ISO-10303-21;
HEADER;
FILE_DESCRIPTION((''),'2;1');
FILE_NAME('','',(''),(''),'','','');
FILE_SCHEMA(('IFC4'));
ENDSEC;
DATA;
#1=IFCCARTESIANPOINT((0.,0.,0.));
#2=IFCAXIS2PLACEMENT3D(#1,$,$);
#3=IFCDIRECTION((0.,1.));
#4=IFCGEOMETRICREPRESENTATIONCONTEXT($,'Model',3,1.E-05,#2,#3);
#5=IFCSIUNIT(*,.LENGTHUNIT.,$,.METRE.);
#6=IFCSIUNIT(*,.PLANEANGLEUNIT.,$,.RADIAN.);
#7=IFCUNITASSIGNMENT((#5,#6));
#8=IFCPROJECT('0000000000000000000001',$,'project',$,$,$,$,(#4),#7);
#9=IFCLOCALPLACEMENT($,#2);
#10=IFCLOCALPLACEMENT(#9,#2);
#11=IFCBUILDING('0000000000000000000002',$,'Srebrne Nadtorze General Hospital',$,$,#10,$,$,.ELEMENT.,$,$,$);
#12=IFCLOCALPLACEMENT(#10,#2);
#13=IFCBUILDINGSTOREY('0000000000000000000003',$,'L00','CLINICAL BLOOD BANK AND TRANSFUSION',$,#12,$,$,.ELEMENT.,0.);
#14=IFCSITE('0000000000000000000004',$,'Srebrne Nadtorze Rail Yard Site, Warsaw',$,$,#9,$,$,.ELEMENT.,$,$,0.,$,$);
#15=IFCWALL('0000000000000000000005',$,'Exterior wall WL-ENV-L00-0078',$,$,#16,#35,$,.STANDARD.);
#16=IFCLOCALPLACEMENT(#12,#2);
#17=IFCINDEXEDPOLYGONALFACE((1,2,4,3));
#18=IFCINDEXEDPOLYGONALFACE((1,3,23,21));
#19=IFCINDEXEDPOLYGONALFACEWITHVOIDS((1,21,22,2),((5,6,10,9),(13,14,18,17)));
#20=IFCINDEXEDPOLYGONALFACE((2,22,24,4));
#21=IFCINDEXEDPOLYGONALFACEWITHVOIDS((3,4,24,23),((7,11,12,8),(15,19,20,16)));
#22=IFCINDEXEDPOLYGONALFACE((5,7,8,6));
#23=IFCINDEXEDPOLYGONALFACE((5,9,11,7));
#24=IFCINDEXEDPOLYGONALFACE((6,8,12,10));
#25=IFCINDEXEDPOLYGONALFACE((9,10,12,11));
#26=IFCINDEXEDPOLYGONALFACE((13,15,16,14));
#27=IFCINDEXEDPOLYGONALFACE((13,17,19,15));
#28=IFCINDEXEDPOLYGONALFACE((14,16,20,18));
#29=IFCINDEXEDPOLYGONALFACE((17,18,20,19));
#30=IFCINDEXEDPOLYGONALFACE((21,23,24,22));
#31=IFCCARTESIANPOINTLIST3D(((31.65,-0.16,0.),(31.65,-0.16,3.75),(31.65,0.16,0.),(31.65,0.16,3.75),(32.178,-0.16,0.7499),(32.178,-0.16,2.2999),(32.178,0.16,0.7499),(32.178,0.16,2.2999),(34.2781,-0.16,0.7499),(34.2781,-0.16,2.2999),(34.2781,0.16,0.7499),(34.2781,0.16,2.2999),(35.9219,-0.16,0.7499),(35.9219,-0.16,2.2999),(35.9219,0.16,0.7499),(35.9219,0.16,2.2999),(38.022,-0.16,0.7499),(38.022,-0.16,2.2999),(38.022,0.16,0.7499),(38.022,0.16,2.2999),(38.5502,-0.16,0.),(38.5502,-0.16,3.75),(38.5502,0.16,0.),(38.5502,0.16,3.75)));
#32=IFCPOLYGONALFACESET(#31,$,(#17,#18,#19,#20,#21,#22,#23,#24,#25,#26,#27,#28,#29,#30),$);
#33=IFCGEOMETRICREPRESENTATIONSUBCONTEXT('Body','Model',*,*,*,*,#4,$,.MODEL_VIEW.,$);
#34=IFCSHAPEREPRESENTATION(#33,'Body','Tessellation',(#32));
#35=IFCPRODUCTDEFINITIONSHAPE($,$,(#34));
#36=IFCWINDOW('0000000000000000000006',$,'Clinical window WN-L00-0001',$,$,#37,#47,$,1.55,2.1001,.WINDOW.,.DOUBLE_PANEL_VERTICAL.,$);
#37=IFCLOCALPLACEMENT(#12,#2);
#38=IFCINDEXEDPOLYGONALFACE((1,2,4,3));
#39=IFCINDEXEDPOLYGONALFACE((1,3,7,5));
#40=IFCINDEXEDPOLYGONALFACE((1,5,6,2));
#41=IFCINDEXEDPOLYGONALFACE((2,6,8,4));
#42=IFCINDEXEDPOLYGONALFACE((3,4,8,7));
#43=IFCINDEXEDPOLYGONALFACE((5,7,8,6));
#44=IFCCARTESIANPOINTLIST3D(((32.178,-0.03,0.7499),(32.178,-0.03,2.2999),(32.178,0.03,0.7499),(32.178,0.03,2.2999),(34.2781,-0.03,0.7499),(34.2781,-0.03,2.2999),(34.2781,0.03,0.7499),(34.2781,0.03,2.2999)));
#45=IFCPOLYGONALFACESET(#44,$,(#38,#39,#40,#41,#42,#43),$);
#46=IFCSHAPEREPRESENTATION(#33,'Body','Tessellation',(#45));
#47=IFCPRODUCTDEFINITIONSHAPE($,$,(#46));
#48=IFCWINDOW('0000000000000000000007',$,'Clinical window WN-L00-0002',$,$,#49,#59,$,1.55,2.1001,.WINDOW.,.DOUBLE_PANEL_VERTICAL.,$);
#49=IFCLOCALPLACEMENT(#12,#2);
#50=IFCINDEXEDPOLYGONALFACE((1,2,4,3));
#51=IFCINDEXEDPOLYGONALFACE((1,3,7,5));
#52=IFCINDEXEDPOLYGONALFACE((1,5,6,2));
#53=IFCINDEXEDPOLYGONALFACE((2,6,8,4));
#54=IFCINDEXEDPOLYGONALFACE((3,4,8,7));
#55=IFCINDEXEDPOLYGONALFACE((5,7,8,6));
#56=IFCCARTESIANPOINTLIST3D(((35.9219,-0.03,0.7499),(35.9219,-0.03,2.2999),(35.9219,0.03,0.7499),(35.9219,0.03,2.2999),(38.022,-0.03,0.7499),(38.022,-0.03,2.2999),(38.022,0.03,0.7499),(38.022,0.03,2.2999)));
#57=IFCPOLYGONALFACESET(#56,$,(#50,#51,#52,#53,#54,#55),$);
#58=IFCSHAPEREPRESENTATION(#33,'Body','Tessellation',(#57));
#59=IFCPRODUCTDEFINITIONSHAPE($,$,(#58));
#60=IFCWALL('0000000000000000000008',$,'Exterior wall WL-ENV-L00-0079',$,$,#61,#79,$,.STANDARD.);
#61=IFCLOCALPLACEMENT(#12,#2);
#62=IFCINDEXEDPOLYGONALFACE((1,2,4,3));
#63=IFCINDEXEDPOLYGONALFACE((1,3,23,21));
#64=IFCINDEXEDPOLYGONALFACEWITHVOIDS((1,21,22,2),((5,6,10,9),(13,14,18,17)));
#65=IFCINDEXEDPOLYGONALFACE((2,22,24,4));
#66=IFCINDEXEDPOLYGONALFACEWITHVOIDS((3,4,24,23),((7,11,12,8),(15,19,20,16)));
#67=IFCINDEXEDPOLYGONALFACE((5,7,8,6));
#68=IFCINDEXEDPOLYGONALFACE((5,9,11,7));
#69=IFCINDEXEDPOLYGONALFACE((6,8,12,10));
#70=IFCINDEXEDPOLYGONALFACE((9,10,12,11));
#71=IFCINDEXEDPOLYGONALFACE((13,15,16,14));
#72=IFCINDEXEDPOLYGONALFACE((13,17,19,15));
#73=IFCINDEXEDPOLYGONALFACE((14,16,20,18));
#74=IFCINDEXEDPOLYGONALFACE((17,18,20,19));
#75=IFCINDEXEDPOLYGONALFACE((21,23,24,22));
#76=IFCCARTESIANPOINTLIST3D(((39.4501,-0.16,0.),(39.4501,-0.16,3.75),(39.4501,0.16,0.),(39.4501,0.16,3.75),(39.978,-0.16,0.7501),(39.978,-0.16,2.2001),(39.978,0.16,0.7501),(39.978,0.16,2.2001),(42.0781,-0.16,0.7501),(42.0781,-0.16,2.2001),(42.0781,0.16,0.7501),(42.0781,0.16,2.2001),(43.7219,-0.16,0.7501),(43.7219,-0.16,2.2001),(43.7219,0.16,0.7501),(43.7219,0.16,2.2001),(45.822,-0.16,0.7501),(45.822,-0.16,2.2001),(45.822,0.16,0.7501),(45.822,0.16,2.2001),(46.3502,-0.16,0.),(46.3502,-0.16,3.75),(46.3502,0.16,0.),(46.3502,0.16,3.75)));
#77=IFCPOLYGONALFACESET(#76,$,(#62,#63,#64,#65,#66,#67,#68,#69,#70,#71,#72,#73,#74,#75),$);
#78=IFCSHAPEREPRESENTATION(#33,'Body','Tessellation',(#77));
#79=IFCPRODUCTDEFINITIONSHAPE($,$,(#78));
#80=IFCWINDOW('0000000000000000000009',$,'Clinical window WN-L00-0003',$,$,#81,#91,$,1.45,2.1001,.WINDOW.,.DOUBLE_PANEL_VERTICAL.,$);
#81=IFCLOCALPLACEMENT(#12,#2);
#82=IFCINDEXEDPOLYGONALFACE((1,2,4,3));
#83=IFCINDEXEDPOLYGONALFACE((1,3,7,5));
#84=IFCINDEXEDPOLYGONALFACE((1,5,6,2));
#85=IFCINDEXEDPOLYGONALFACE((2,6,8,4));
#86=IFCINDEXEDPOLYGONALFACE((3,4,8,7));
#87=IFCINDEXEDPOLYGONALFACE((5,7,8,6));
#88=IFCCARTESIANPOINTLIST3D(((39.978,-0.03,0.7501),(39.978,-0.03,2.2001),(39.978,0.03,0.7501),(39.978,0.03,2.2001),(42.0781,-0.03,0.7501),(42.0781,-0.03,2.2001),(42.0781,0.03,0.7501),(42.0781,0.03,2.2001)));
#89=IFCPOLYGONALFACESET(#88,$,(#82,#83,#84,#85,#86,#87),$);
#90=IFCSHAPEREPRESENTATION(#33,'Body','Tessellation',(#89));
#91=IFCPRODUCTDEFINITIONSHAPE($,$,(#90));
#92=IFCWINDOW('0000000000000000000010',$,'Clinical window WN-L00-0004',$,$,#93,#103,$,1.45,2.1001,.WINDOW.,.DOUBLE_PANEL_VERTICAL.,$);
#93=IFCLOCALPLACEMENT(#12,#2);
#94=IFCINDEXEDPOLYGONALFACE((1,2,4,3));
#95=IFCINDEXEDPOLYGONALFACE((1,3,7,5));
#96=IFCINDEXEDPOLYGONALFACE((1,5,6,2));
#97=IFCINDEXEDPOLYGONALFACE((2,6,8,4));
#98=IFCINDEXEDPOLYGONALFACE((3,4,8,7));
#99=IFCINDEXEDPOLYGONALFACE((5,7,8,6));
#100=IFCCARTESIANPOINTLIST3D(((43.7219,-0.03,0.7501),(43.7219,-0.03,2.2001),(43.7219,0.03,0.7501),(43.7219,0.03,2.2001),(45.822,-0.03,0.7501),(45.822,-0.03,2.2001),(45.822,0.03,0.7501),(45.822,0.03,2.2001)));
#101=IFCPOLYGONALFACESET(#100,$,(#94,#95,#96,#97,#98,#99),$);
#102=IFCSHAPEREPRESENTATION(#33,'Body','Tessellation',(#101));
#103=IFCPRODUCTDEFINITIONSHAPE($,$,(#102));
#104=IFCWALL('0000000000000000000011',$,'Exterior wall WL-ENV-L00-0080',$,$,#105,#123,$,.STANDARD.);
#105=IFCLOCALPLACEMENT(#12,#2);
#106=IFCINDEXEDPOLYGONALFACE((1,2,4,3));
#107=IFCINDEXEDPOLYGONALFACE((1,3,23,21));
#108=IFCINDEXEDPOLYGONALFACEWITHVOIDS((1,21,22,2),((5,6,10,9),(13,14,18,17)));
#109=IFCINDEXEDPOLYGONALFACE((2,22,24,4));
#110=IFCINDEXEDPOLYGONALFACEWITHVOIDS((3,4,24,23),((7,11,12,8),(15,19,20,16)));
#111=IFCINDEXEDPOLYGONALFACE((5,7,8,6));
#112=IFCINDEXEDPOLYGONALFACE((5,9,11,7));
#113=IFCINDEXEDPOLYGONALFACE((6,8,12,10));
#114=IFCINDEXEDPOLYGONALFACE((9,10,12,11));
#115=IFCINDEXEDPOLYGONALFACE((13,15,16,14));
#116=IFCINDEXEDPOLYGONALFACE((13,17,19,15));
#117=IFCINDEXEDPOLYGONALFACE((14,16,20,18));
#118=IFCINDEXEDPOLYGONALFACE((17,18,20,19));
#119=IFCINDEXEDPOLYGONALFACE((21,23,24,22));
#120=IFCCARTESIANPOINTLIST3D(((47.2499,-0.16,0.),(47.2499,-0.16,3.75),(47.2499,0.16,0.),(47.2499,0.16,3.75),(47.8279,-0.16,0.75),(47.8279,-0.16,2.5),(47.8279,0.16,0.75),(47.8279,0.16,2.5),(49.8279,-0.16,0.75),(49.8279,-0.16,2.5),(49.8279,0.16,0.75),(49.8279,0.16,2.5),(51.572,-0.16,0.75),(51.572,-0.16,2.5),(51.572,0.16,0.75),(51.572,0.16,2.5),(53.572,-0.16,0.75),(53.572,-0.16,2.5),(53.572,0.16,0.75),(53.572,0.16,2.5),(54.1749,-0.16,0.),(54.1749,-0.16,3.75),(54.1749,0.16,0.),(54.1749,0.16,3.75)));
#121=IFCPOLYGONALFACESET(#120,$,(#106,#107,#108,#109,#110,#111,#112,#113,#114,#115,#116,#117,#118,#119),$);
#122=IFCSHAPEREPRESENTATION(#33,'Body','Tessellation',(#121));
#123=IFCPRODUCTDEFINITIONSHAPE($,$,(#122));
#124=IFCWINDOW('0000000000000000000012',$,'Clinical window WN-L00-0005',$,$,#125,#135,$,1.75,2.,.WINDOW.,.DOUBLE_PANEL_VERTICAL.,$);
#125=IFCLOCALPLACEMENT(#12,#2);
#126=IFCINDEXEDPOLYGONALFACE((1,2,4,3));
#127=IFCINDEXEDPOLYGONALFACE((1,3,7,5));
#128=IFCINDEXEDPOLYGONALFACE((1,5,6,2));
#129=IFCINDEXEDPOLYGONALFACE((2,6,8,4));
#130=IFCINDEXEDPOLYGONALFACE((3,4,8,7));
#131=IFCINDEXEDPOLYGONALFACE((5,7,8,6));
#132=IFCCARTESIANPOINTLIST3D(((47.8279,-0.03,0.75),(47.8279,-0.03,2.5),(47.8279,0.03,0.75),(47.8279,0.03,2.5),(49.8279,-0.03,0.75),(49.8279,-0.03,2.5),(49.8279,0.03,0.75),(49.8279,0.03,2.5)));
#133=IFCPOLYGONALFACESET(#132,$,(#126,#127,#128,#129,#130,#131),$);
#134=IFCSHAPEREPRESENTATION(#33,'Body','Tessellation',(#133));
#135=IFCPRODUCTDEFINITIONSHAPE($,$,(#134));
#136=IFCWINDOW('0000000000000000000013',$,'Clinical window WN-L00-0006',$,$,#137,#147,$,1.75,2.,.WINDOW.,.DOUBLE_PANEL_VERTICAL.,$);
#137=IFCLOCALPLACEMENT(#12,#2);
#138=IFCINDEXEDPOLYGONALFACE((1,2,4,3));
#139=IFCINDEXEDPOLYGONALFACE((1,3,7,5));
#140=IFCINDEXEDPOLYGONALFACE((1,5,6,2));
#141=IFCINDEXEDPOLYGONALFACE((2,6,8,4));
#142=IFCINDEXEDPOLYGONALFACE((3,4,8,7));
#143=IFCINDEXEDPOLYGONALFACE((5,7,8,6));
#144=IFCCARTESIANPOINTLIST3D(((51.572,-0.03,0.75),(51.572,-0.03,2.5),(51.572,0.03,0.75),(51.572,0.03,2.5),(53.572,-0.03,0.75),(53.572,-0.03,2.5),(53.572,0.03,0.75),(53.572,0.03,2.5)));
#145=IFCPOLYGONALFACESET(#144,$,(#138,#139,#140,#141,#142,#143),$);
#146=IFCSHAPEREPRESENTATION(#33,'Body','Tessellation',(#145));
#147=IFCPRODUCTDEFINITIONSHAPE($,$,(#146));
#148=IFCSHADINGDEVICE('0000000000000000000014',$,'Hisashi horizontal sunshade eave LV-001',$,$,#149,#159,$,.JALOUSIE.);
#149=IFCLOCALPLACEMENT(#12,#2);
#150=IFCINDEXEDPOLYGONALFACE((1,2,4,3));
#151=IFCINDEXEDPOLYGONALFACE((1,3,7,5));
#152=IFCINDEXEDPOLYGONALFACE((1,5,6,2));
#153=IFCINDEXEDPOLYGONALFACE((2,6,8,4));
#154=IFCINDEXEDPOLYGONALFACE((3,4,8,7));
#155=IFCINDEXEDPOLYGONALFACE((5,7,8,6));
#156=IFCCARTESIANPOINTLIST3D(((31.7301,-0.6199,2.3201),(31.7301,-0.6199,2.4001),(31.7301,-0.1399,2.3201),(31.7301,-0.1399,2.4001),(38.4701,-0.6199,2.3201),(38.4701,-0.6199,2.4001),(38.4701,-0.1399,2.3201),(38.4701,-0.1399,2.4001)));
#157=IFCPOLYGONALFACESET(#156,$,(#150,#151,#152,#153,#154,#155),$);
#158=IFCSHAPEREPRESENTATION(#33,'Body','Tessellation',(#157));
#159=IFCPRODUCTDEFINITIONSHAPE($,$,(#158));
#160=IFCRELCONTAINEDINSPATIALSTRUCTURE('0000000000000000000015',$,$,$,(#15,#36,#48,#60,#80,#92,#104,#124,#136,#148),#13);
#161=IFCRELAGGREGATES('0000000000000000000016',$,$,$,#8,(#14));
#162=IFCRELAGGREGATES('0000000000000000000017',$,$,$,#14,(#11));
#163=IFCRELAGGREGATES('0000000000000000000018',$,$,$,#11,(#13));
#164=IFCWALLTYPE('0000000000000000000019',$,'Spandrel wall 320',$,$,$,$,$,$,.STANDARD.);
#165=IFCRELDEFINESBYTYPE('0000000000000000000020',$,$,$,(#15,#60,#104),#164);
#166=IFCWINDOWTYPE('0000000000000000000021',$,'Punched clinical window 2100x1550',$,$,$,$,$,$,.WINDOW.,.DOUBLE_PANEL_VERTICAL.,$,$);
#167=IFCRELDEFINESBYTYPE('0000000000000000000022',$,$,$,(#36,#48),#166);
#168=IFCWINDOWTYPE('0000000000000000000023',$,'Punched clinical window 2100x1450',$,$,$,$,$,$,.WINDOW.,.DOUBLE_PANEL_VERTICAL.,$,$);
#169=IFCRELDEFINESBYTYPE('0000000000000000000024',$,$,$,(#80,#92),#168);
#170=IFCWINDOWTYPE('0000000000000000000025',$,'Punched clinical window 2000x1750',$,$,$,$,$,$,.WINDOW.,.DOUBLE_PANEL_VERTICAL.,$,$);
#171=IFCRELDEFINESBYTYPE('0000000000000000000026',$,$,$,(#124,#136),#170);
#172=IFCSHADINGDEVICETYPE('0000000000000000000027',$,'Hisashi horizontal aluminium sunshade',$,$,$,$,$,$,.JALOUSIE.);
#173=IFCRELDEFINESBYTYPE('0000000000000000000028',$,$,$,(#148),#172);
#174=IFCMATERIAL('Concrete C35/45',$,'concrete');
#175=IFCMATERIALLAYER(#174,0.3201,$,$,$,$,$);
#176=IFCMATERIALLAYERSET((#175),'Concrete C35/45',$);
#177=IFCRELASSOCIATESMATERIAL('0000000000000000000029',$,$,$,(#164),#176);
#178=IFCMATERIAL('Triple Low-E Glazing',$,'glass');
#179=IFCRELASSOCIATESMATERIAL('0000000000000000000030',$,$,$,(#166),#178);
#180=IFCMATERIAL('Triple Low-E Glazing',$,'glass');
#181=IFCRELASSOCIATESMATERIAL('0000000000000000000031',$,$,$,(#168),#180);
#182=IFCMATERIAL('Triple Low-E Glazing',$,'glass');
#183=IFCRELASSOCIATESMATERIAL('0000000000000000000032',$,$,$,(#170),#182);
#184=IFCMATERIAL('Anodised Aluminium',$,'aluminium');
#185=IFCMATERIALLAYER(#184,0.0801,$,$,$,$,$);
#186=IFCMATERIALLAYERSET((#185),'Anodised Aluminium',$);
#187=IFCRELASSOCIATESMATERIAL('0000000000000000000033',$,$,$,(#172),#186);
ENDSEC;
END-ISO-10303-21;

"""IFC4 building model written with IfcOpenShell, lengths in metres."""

from ifc_helpers import new_model, si_unit, direction, frame, frame_2d, origin, origin_2d, place, context, subcontext, project, spatial, rectangle, extrude, material, layer, layer_set, type_object, element, fill, save


model = new_model("IFC4")

# Units and contexts
model_context = context("Model", 3, precision=1e-05, world=origin(), true_north=direction((0.0, 1.0)))
body_context = subcontext(model_context, "Body", "Model", "MODEL_VIEW")
ifc_project = project(units=[si_unit("LENGTHUNIT", "METRE"), si_unit("PLANEANGLEUNIT", "RADIAN")], contexts=[model_context])

# Site, building, storey
site_placement = place(None, origin())
site = spatial("IfcSite", under=ifc_project, at=site_placement, Name="Srebrne Nadtorze Rail Yard Site, Warsaw", CompositionType="ELEMENT", RefElevation=0.0)
building_placement = place(site_placement, origin())
building = spatial("IfcBuilding", under=site, at=building_placement, Name="Srebrne Nadtorze General Hospital", CompositionType="ELEMENT")
storey_placement = place(building_placement, origin())
storey = spatial("IfcBuildingStorey", under=building, at=storey_placement, Name="L00", Description="CLINICAL BLOOD BANK AND TRANSFUSION", CompositionType="ELEMENT", Elevation=0.0)

# Walls, openings, windows
ifc_material_1 = material(Name="Concrete C35/45", Category="concrete")
ifc_layer_1 = layer(ifc_material_1, 0.3201)
ifc_layer_set_1 = layer_set([ifc_layer_1], Name="Concrete C35/45")
wall_type_1 = type_object("IfcWallType", Name="Spandrel wall 320", PredefinedType="STANDARD", material=ifc_layer_set_1)
wall_1_placement = place(storey_placement, frame((31.6499, 0.0, 0.0), z_axis=(0.0, 0.0, 1.0), x_axis=(1.0, 0.0, 0.0)))
wall_1 = element("IfcWall", 1, at=wall_1_placement, inside=storey, type_object=wall_type_1, Name="Exterior wall WL-ENV-L00-0078", PredefinedType="STANDARD", context=body_context, shape_type="SweptSolid", body=[
    extrude(rectangle(XDim=6.9001, YDim=0.3201, at=frame_2d((3.4502, 0.0))), origin(), (0.0, 0.0, 1.0), 3.75),
])
opening_1_placement = place(wall_1_placement, frame((0.5281, 0.0, 0.75)))
opening_1 = element("IfcOpeningElement", 2, at=opening_1_placement, cuts=wall_1, PredefinedType="OPENING", context=body_context, shape_type="SweptSolid", body=[
    extrude(rectangle(XDim=2.1001, YDim=1.55, at=frame_2d((1.05, 0.7749))), frame((0.0, 0.1719, 0.0), z_axis=(0.0, -1.0, 0.0), x_axis=(1.0, 0.0, 0.0)), (0.0, 0.0, 1.0), 0.344),
])
opening_2_placement = place(wall_1_placement, frame((4.272, 0.0, 0.75)))
opening_2 = element("IfcOpeningElement", 3, at=opening_2_placement, cuts=wall_1, PredefinedType="OPENING", context=body_context, shape_type="SweptSolid", body=[
    extrude(rectangle(XDim=2.1001, YDim=1.55, at=frame_2d((1.05, 0.7749))), frame((0.0, 0.1719, 0.0), z_axis=(0.0, -1.0, 0.0), x_axis=(1.0, 0.0, 0.0)), (0.0, 0.0, 1.0), 0.344),
])
ifc_material_2 = material(Name="Triple Low-E Glazing", Category="glass")
window_type_1 = type_object("IfcWindowType", Name="Punched clinical window 2100x1550", PartitioningType="DOUBLE_PANEL_VERTICAL", PredefinedType="WINDOW", material=ifc_material_2)
window_1_placement = place(opening_1_placement, origin())
window_1 = element("IfcWindow", 4, at=window_1_placement, inside=storey, type_object=window_type_1, Name="Clinical window WN-L00-0001", OverallHeight=1.55, OverallWidth=2.1001, PartitioningType="DOUBLE_PANEL_VERTICAL", PredefinedType="WINDOW", context=body_context, shape_type="SweptSolid", body=[
    extrude(rectangle(XDim=2.1001, YDim=1.55, at=frame_2d((1.05, 0.7749))), frame((0.0, 0.03, 0.0), z_axis=(0.0, -1.0, 0.0), x_axis=(1.0, 0.0, 0.0)), (0.0, 0.0, 1.0), 0.0601),
])
fill(opening_1, window_1)
window_2_placement = place(opening_2_placement, origin())
window_2 = element("IfcWindow", 5, at=window_2_placement, inside=storey, type_object=window_type_1, Name="Clinical window WN-L00-0002", OverallHeight=1.55, OverallWidth=2.1001, PartitioningType="DOUBLE_PANEL_VERTICAL", PredefinedType="WINDOW", context=body_context, shape_type="SweptSolid", body=[
    extrude(rectangle(XDim=2.1001, YDim=1.55, at=frame_2d((1.05, 0.7749))), frame((0.0, 0.03, 0.0), z_axis=(0.0, -1.0, 0.0), x_axis=(1.0, 0.0, 0.0)), (0.0, 0.0, 1.0), 0.0601),
])
fill(opening_2, window_2)
wall_2_placement = place(storey_placement, frame((39.45, 0.0, 0.0), z_axis=(0.0, 0.0, 1.0), x_axis=(1.0, 0.0, 0.0)))
wall_2 = element("IfcWall", 6, at=wall_2_placement, inside=storey, type_object=wall_type_1, Name="Exterior wall WL-ENV-L00-0079", PredefinedType="STANDARD", context=body_context, shape_type="SweptSolid", body=[
    extrude(rectangle(XDim=6.9001, YDim=0.3201, at=frame_2d((3.4502, 0.0))), origin(), (0.0, 0.0, 1.0), 3.75),
])
opening_3_placement = place(wall_2_placement, frame((0.5281, 0.0, 0.75)))
opening_3 = element("IfcOpeningElement", 7, at=opening_3_placement, cuts=wall_2, PredefinedType="OPENING", context=body_context, shape_type="SweptSolid", body=[
    extrude(rectangle(XDim=2.1001, YDim=1.45, at=frame_2d((1.05, 0.7251))), frame((0.0, 0.1719, 0.0), z_axis=(0.0, -1.0, 0.0), x_axis=(1.0, 0.0, 0.0)), (0.0, 0.0, 1.0), 0.344),
])
opening_4_placement = place(wall_2_placement, frame((4.272, 0.0, 0.75)))
opening_4 = element("IfcOpeningElement", 8, at=opening_4_placement, cuts=wall_2, PredefinedType="OPENING", context=body_context, shape_type="SweptSolid", body=[
    extrude(rectangle(XDim=2.1001, YDim=1.45, at=frame_2d((1.05, 0.7251))), frame((0.0, 0.1719, 0.0), z_axis=(0.0, -1.0, 0.0), x_axis=(1.0, 0.0, 0.0)), (0.0, 0.0, 1.0), 0.344),
])
ifc_material_3 = material(Name="Triple Low-E Glazing", Category="glass")
window_type_2 = type_object("IfcWindowType", Name="Punched clinical window 2100x1450", PartitioningType="DOUBLE_PANEL_VERTICAL", PredefinedType="WINDOW", material=ifc_material_3)
window_3_placement = place(opening_3_placement, origin())
window_3 = element("IfcWindow", 9, at=window_3_placement, inside=storey, type_object=window_type_2, Name="Clinical window WN-L00-0003", OverallHeight=1.45, OverallWidth=2.1001, PartitioningType="DOUBLE_PANEL_VERTICAL", PredefinedType="WINDOW", context=body_context, shape_type="SweptSolid", body=[
    extrude(rectangle(XDim=2.1001, YDim=1.45, at=frame_2d((1.05, 0.7251))), frame((0.0, 0.03, 0.0), z_axis=(0.0, -1.0, 0.0), x_axis=(1.0, 0.0, 0.0)), (0.0, 0.0, 1.0), 0.0601),
])
fill(opening_3, window_3)
window_4_placement = place(opening_4_placement, origin())
window_4 = element("IfcWindow", 10, at=window_4_placement, inside=storey, type_object=window_type_2, Name="Clinical window WN-L00-0004", OverallHeight=1.45, OverallWidth=2.1001, PartitioningType="DOUBLE_PANEL_VERTICAL", PredefinedType="WINDOW", context=body_context, shape_type="SweptSolid", body=[
    extrude(rectangle(XDim=2.1001, YDim=1.45, at=frame_2d((1.05, 0.7251))), frame((0.0, 0.03, 0.0), z_axis=(0.0, -1.0, 0.0), x_axis=(1.0, 0.0, 0.0)), (0.0, 0.0, 1.0), 0.0601),
])
fill(opening_4, window_4)
wall_3_placement = place(storey_placement, frame((47.25, 0.0, 0.0), z_axis=(0.0, 0.0, 1.0), x_axis=(1.0, 0.0, 0.0)))
wall_3 = element("IfcWall", 11, at=wall_3_placement, inside=storey, type_object=wall_type_1, Name="Exterior wall WL-ENV-L00-0080", PredefinedType="STANDARD", context=body_context, shape_type="SweptSolid", body=[
    extrude(rectangle(XDim=6.925, YDim=0.3201, at=frame_2d((3.4624, 0.0))), origin(), (0.0, 0.0, 1.0), 3.75),
])
opening_5_placement = place(wall_3_placement, frame((0.5779, 0.0, 0.75)))
opening_5 = element("IfcOpeningElement", 12, at=opening_5_placement, cuts=wall_3, PredefinedType="OPENING", context=body_context, shape_type="SweptSolid", body=[
    extrude(rectangle(XDim=2.0, YDim=1.75, at=frame_2d((1.0, 0.875))), frame((0.0, 0.1719, 0.0), z_axis=(0.0, -1.0, 0.0), x_axis=(1.0, 0.0, 0.0)), (0.0, 0.0, 1.0), 0.344),
])
opening_6_placement = place(wall_3_placement, frame((4.322, 0.0, 0.75)))
opening_6 = element("IfcOpeningElement", 13, at=opening_6_placement, cuts=wall_3, PredefinedType="OPENING", context=body_context, shape_type="SweptSolid", body=[
    extrude(rectangle(XDim=2.0, YDim=1.75, at=frame_2d((1.0, 0.875))), frame((0.0, 0.1719, 0.0), z_axis=(0.0, -1.0, 0.0), x_axis=(1.0, 0.0, 0.0)), (0.0, 0.0, 1.0), 0.344),
])
ifc_material_4 = material(Name="Triple Low-E Glazing", Category="glass")
window_type_3 = type_object("IfcWindowType", Name="Punched clinical window 2000x1750", PartitioningType="DOUBLE_PANEL_VERTICAL", PredefinedType="WINDOW", material=ifc_material_4)
window_5_placement = place(opening_5_placement, origin())
window_5 = element("IfcWindow", 14, at=window_5_placement, inside=storey, type_object=window_type_3, Name="Clinical window WN-L00-0005", OverallHeight=1.75, OverallWidth=2.0, PartitioningType="DOUBLE_PANEL_VERTICAL", PredefinedType="WINDOW", context=body_context, shape_type="SweptSolid", body=[
    extrude(rectangle(XDim=2.0, YDim=1.75, at=frame_2d((1.0, 0.875))), frame((0.0, 0.03, 0.0), z_axis=(0.0, -1.0, 0.0), x_axis=(1.0, 0.0, 0.0)), (0.0, 0.0, 1.0), 0.0601),
])
fill(opening_5, window_5)
window_6_placement = place(opening_6_placement, origin())
window_6 = element("IfcWindow", 15, at=window_6_placement, inside=storey, type_object=window_type_3, Name="Clinical window WN-L00-0006", OverallHeight=1.75, OverallWidth=2.0, PartitioningType="DOUBLE_PANEL_VERTICAL", PredefinedType="WINDOW", context=body_context, shape_type="SweptSolid", body=[
    extrude(rectangle(XDim=2.0, YDim=1.75, at=frame_2d((1.0, 0.875))), frame((0.0, 0.03, 0.0), z_axis=(0.0, -1.0, 0.0), x_axis=(1.0, 0.0, 0.0)), (0.0, 0.0, 1.0), 0.0601),
])
fill(opening_6, window_6)

# Shading device
ifc_material_5 = material(Name="Anodised Aluminium", Category="aluminium")
ifc_layer_2 = layer(ifc_material_5, 0.0801)
ifc_layer_set_2 = layer_set([ifc_layer_2], Name="Anodised Aluminium")
shading_device_type = type_object("IfcShadingDeviceType", Name="Hisashi horizontal aluminium sunshade", PredefinedType="JALOUSIE", material=ifc_layer_set_2)
for number, where, z_axis, x_axis, name in (
    (16, (35.1001, -0.3799, 2.3201), (0.0, 0.0, 1.0), (1.0, 0.0, 0.0), "Hisashi horizontal sunshade eave LV-001"),
):
    element("IfcShadingDevice", number, at=place(storey_placement, frame(where, z_axis=z_axis, x_axis=x_axis)), inside=storey, type_object=shading_device_type, Name=name, PredefinedType="JALOUSIE", context=body_context, shape_type="SweptSolid", body=[
        extrude(rectangle(XDim=6.74, YDim=0.48, at=origin_2d()), origin(), (0.0, 0.0, 1.0), 0.0801),
    ])

save(model, "model.ifc")
